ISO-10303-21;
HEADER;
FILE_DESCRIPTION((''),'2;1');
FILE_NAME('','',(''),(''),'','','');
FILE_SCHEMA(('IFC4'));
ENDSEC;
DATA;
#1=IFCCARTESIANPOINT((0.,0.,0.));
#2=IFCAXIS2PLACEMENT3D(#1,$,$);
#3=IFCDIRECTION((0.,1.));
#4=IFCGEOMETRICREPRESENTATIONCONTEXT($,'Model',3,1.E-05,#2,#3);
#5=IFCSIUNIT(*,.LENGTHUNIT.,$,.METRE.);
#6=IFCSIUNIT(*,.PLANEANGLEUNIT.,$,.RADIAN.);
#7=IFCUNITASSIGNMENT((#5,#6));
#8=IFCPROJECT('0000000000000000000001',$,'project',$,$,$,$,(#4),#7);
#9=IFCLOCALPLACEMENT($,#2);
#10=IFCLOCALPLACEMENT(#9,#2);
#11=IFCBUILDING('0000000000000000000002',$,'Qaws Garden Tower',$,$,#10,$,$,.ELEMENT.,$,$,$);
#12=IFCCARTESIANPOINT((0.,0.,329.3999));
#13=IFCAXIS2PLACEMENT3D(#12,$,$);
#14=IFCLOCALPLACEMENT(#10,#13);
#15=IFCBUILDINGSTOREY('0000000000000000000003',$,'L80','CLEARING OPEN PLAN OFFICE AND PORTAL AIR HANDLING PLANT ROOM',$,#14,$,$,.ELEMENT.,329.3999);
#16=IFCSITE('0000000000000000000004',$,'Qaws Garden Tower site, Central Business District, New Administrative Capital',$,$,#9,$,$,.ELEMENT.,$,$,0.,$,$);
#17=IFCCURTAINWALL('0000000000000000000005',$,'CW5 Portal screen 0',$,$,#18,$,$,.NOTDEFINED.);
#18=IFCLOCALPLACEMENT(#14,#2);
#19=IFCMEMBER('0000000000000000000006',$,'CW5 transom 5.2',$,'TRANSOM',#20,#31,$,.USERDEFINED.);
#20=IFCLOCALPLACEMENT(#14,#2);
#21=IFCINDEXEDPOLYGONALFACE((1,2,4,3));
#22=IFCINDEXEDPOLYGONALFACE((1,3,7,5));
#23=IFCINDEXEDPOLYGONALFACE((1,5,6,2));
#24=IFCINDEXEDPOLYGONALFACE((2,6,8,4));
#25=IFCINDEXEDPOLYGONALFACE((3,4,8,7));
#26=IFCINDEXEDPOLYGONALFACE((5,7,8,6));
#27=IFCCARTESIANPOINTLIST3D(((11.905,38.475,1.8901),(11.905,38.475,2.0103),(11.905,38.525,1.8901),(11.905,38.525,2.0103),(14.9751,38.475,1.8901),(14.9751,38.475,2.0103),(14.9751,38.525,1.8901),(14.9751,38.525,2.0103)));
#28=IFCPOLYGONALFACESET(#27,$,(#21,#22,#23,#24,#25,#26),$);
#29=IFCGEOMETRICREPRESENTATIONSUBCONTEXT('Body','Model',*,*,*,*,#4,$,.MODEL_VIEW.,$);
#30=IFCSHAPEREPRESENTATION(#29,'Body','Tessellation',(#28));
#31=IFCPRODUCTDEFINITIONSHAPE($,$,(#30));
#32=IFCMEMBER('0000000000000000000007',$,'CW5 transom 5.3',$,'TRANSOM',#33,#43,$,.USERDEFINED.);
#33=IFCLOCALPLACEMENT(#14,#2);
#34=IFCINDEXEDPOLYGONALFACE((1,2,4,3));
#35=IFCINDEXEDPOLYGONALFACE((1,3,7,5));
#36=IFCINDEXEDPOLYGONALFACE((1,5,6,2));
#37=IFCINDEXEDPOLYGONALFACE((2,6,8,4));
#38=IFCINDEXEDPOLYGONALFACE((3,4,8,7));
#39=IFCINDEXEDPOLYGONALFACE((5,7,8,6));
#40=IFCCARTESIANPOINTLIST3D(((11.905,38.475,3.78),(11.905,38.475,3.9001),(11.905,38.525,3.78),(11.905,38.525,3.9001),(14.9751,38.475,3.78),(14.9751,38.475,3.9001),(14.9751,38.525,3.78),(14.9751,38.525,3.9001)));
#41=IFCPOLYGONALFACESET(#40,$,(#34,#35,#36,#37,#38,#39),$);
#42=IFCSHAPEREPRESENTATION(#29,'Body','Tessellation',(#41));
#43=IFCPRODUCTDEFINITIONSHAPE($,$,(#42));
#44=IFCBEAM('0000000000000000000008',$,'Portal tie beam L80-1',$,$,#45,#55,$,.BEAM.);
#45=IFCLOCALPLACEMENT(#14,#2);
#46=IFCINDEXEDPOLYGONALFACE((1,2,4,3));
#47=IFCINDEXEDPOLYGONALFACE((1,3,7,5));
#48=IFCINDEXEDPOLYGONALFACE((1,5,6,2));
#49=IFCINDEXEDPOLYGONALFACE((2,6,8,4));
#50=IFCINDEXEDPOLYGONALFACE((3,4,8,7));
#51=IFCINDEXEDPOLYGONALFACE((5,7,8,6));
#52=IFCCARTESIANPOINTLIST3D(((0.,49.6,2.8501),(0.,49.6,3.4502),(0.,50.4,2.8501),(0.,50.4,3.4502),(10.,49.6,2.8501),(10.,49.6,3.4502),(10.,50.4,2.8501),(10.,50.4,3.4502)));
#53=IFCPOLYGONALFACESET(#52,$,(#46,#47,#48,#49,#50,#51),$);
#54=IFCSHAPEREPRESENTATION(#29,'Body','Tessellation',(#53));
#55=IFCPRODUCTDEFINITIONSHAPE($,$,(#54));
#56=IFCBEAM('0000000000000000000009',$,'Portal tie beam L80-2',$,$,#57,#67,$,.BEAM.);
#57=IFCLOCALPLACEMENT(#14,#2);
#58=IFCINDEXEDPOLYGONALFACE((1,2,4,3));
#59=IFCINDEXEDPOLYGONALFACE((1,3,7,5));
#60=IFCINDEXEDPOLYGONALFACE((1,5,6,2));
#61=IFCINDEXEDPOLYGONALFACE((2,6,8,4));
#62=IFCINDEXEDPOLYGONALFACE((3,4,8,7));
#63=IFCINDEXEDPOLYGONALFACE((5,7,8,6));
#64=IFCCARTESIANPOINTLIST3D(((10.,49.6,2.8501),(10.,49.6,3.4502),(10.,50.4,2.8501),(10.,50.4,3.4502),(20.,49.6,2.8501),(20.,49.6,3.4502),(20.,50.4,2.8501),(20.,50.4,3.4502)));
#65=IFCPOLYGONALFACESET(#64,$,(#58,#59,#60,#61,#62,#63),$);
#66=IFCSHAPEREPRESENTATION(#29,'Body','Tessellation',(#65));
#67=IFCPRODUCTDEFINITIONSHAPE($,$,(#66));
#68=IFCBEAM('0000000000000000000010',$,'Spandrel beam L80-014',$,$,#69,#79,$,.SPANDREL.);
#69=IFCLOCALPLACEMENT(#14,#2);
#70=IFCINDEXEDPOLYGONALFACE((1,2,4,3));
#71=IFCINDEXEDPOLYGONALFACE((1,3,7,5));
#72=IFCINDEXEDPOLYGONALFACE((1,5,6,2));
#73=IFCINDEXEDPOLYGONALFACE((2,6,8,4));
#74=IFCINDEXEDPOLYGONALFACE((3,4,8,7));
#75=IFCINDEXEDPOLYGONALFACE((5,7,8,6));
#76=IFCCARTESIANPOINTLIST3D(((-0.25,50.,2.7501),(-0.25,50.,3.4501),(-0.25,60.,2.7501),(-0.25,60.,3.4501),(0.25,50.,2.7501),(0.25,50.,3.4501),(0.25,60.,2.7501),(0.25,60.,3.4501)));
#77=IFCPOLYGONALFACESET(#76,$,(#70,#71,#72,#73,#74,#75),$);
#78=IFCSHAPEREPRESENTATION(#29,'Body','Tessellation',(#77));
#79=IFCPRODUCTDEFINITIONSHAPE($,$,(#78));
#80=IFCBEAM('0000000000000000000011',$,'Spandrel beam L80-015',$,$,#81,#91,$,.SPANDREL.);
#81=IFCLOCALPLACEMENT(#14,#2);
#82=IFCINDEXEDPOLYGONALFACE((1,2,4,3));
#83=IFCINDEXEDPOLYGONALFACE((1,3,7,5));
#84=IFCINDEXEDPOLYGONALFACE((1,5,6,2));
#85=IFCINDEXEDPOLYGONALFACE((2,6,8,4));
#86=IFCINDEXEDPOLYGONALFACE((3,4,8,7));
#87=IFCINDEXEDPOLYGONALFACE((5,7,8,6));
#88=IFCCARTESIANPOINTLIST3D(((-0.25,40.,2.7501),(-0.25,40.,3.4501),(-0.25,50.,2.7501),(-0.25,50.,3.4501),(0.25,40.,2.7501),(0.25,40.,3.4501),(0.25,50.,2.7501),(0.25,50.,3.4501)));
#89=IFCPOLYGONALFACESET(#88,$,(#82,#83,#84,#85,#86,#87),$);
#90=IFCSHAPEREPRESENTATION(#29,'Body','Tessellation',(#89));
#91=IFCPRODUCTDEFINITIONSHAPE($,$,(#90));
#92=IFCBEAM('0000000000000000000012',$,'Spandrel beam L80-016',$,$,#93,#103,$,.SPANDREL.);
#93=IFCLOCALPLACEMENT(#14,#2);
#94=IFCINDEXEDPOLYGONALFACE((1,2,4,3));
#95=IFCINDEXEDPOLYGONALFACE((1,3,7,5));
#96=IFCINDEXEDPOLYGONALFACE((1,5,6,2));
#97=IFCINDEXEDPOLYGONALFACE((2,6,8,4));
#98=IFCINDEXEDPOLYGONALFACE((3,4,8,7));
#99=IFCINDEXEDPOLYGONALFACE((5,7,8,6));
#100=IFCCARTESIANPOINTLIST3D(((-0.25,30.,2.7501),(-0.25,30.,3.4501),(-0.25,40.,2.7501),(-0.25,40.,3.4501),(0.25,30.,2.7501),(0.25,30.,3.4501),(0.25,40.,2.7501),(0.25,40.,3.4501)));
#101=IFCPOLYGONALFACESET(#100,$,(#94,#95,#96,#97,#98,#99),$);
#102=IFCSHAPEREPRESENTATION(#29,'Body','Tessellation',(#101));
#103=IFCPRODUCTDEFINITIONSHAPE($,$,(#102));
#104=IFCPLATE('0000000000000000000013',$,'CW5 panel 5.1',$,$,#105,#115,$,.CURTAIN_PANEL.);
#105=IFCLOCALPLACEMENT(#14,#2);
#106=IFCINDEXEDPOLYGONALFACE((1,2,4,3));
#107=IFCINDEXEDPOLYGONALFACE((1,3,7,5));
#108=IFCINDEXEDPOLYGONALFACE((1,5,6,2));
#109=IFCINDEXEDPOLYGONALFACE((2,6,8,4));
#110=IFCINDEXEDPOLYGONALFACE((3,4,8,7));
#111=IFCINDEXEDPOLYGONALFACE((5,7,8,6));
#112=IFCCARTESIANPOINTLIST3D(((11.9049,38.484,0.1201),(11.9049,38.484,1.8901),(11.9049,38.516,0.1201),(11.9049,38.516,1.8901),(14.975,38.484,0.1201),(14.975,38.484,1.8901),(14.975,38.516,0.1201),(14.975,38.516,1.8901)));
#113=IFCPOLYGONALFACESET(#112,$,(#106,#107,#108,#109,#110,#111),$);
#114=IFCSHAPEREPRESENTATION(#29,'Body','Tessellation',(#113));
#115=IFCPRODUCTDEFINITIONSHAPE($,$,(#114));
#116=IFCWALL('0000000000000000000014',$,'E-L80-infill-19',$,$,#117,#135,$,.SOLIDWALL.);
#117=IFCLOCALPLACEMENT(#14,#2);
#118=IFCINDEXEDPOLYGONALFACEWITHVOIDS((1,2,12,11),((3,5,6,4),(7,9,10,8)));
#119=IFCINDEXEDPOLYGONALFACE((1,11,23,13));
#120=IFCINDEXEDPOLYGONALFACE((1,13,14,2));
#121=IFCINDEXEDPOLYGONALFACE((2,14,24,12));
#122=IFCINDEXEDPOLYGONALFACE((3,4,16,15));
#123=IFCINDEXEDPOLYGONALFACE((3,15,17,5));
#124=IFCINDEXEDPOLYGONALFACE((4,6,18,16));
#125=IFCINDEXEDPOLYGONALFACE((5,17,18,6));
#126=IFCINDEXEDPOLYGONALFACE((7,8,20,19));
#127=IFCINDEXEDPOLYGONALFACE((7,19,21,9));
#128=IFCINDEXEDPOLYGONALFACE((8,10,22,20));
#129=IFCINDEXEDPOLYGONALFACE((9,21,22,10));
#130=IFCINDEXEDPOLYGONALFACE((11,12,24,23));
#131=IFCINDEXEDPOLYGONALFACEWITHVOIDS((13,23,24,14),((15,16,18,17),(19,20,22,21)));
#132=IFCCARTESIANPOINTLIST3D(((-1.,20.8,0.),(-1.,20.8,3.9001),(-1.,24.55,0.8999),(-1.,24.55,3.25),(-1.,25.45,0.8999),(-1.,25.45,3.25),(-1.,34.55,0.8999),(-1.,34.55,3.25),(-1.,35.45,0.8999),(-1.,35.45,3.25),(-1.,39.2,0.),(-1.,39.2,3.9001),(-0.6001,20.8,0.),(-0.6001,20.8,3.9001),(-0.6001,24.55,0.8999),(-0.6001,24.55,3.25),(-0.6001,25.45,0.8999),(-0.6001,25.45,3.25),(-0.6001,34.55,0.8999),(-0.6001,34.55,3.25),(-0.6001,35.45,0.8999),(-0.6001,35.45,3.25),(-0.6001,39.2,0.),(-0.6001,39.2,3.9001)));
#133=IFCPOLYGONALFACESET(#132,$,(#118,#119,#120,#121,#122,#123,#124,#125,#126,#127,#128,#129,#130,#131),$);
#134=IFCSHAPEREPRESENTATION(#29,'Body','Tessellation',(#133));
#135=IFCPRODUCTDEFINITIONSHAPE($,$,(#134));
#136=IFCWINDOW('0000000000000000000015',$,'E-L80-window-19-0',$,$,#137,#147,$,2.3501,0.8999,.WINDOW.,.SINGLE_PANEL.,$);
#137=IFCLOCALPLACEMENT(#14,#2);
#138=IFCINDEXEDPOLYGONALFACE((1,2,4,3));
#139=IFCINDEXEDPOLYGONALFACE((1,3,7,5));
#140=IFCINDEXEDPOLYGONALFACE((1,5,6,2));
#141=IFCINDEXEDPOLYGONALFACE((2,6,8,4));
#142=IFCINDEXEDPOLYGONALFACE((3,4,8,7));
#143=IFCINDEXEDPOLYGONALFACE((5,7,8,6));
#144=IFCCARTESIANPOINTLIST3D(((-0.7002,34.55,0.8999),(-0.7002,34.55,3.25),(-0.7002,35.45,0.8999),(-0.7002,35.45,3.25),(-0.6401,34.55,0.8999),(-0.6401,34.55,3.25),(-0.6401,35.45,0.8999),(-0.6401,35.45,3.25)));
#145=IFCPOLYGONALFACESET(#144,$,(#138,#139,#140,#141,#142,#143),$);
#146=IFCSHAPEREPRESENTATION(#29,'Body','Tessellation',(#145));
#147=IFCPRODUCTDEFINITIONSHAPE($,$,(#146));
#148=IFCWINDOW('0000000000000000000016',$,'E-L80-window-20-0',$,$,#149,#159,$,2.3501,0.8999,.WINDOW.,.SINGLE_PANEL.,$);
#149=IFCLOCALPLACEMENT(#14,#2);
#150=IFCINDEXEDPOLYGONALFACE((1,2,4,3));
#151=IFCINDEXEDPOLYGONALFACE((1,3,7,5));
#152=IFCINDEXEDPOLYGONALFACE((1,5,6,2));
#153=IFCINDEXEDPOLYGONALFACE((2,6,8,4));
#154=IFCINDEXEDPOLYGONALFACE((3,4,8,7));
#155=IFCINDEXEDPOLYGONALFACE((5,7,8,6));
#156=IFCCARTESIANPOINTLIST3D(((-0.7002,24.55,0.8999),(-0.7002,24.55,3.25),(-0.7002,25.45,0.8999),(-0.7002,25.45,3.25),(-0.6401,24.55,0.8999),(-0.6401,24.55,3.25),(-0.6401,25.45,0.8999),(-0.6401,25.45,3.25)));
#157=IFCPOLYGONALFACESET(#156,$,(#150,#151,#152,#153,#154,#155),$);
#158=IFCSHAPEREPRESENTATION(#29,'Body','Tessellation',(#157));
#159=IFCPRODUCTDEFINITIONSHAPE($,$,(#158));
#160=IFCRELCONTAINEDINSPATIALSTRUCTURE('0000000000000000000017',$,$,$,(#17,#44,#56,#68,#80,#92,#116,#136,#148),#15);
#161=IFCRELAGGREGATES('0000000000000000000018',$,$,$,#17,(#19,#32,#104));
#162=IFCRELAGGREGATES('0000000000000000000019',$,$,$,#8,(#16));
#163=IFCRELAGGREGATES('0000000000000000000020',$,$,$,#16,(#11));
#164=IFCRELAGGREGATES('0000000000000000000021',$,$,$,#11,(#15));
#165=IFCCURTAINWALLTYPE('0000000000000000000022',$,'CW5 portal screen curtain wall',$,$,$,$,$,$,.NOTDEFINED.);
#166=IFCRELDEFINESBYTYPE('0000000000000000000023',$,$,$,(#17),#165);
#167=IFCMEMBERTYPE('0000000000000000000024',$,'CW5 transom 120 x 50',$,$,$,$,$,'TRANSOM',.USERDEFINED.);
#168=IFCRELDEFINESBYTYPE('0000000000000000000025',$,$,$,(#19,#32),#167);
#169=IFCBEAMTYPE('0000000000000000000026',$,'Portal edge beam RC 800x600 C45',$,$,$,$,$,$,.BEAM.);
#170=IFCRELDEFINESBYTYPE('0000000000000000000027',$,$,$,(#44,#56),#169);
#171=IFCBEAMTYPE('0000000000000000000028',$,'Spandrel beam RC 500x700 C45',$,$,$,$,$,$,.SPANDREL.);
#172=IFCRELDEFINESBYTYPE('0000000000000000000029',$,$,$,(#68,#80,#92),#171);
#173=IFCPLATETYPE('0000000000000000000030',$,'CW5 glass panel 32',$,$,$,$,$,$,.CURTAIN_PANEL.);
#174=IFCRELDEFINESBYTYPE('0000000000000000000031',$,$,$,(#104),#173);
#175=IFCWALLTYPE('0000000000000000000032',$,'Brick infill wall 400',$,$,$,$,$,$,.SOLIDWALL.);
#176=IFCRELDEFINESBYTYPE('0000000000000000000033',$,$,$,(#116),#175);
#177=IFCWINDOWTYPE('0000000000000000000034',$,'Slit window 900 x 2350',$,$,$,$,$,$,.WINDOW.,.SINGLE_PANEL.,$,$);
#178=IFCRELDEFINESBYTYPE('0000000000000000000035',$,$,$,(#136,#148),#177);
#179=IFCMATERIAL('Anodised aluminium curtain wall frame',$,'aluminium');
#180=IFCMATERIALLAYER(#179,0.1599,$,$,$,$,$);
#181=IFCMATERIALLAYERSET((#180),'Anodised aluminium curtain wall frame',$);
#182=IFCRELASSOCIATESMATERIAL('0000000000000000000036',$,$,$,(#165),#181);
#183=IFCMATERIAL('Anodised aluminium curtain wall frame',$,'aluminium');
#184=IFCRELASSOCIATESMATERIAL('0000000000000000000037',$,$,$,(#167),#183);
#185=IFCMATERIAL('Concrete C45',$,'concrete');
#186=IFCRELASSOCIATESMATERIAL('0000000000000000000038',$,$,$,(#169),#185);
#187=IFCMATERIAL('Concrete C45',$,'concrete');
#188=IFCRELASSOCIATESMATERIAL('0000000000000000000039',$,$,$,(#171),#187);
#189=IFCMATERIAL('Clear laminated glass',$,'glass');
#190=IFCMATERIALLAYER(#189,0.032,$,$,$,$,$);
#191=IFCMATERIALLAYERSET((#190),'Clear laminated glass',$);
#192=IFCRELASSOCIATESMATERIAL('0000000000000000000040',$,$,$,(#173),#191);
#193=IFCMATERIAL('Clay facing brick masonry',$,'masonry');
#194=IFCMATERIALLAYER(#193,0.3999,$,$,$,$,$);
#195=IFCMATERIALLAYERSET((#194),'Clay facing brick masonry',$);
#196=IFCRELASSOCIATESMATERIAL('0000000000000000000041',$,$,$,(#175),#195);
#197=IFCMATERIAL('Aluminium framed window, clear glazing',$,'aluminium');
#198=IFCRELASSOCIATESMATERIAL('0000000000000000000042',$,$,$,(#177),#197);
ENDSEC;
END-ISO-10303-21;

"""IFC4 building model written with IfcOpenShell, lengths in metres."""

from ifc_helpers import new_model, si_unit, direction, frame, frame_2d, origin, origin_2d, place, context, subcontext, project, spatial, rectangle, extrude, material, layer, layer_set, material_profile, profile_set, type_object, element, fill, aggregate, save


model = new_model("IFC4")

# Units and contexts
model_context = context("Model", 3, precision=1e-05, world=origin(), true_north=direction((0.0, 1.0)))
body_context = subcontext(model_context, "Body", "Model", "MODEL_VIEW")
ifc_project = project(units=[si_unit("LENGTHUNIT", "METRE"), si_unit("PLANEANGLEUNIT", "RADIAN")], contexts=[model_context])

# Site, building, storey
site_placement = place(None, origin())
site = spatial("IfcSite", under=ifc_project, at=site_placement, Name="Qaws Garden Tower site, Central Business District, New Administrative Capital", CompositionType="ELEMENT", RefElevation=0.0)
building_placement = place(site_placement, origin())
building = spatial("IfcBuilding", under=site, at=building_placement, Name="Qaws Garden Tower", CompositionType="ELEMENT")
storey_placement = place(building_placement, frame((0.0, 0.0, 329.3999)))
storey = spatial("IfcBuildingStorey", under=building, at=storey_placement, Name="L80", Description="CLEARING OPEN PLAN OFFICE AND PORTAL AIR HANDLING PLANT ROOM", CompositionType="ELEMENT", Elevation=329.3999)

# Curtain wall, members
ifc_material_1 = material(Name="Anodised aluminium curtain wall frame", Category="aluminium")
ifc_layer_1 = layer(ifc_material_1, 0.1599)
ifc_layer_set_1 = layer_set([ifc_layer_1], Name="Anodised aluminium curtain wall frame")
curtain_wall_type = type_object("IfcCurtainWallType", Name="CW5 portal screen curtain wall", PredefinedType="NOTDEFINED", material=ifc_layer_set_1)
placement = place(storey_placement, origin())
curtain_wall_1 = element("IfcCurtainWall", 1, at=placement, inside=storey, type_object=curtain_wall_type, Name="CW5 Portal screen 0", PredefinedType="NOTDEFINED")
ifc_material_2 = material(Name="Anodised aluminium curtain wall frame", Category="aluminium")
ifc_material_profile_1 = material_profile(ifc_material_2, rectangle(XDim=0.05, YDim=0.1201, at=origin_2d()), Name="AL 50x120")
ifc_profile_set_1 = profile_set([ifc_material_profile_1], Name="Anodised aluminium curtain wall frame")
member_type_1 = type_object("IfcMemberType", Name="CW5 transom 120 x 50", ElementType="TRANSOM", PredefinedType="USERDEFINED", material=ifc_profile_set_1)
member_1_placement = place(storey_placement, frame((11.905, 38.5, 1.9502), z_axis=(1.0, 0.0, 0.0), x_axis=(0.0, 1.0, 0.0)))
member_1 = element("IfcMember", 2, at=member_1_placement, type_object=member_type_1, Name="CW5 transom 5.2", ObjectType="TRANSOM", PredefinedType="USERDEFINED", context=body_context, shape_type="SweptSolid", body=[
    extrude(rectangle(XDim=0.05, YDim=0.1201, at=origin_2d()), origin(), (0.0, 0.0, 1.0), 3.0701),
])
member_2_placement = place(storey_placement, frame((11.905, 38.5, 3.8401), z_axis=(1.0, 0.0, 0.0), x_axis=(0.0, 1.0, 0.0)))
member_2 = element("IfcMember", 3, at=member_2_placement, type_object=member_type_1, Name="CW5 transom 5.3", ObjectType="TRANSOM", PredefinedType="USERDEFINED", context=body_context, shape_type="SweptSolid", body=[
    extrude(rectangle(XDim=0.05, YDim=0.1201, at=origin_2d()), origin(), (0.0, 0.0, 1.0), 3.0701),
])

# Beams
ifc_material_3 = material(Name="Concrete C45", Category="concrete")
ifc_material_profile_2 = material_profile(ifc_material_3, rectangle(XDim=0.8, YDim=0.6001, at=origin_2d()), Name="RC 800x600")
ifc_profile_set_2 = profile_set([ifc_material_profile_2], Name="Concrete C45")
beam_type_1 = type_object("IfcBeamType", Name="Portal edge beam RC 800x600 C45", PredefinedType="BEAM", material=ifc_profile_set_2)
for number, where, z_axis, x_axis, name in (
    (4, (0.0, 50.0, 3.1501), (1.0, 0.0, 0.0), (0.0, 1.0, 0.0), "Portal tie beam L80-1"),
    (5, (10.0, 50.0, 3.1501), (1.0, 0.0, 0.0), (0.0, 1.0, 0.0), "Portal tie beam L80-2"),
):
    element("IfcBeam", number, at=place(storey_placement, frame(where, z_axis=z_axis, x_axis=x_axis)), inside=storey, type_object=beam_type_1, Name=name, PredefinedType="BEAM", context=body_context, shape_type="SweptSolid", body=[
        extrude(rectangle(XDim=0.8, YDim=0.6001, at=origin_2d()), origin(), (0.0, 0.0, 1.0), 10.0),
    ])
ifc_material_4 = material(Name="Concrete C45", Category="concrete")
ifc_material_profile_3 = material_profile(ifc_material_4, rectangle(XDim=0.5, YDim=0.7, at=origin_2d()), Name="RC 500x700")
ifc_profile_set_3 = profile_set([ifc_material_profile_3], Name="Concrete C45")
beam_type_2 = type_object("IfcBeamType", Name="Spandrel beam RC 500x700 C45", PredefinedType="SPANDREL", material=ifc_profile_set_3)
for number, where, z_axis, x_axis, name in (
    (6, (0.0, 60.0, 3.1001), (0.0, -1.0, 0.0), (1.0, 0.0, 0.0), "Spandrel beam L80-014"),
    (7, (0.0, 50.0, 3.1001), (0.0, -1.0, 0.0), (1.0, 0.0, 0.0), "Spandrel beam L80-015"),
    (8, (0.0, 40.0, 3.1001), (0.0, -1.0, 0.0), (1.0, 0.0, 0.0), "Spandrel beam L80-016"),
):
    element("IfcBeam", number, at=place(storey_placement, frame(where, z_axis=z_axis, x_axis=x_axis)), inside=storey, type_object=beam_type_2, Name=name, PredefinedType="SPANDREL", context=body_context, shape_type="SweptSolid", body=[
        extrude(rectangle(XDim=0.5, YDim=0.7, at=origin_2d()), origin(), (0.0, 0.0, 1.0), 10.0),
    ])

# Plate
ifc_material_5 = material(Name="Clear laminated glass", Category="glass")
ifc_layer_2 = layer(ifc_material_5, 0.032)
ifc_layer_set_2 = layer_set([ifc_layer_2], Name="Clear laminated glass")
plate_type = type_object("IfcPlateType", Name="CW5 glass panel 32", PredefinedType="CURTAIN_PANEL", material=ifc_layer_set_2)
plate_placement = place(storey_placement, frame((13.4399, 38.5, 0.1201), z_axis=(0.0, 0.0, 1.0), x_axis=(1.0, 0.0, 0.0)))
plate = element("IfcPlate", 9, at=plate_placement, type_object=plate_type, Name="CW5 panel 5.1", PredefinedType="CURTAIN_PANEL", context=body_context, shape_type="SweptSolid", body=[
    extrude(rectangle(XDim=3.0701, YDim=0.032, at=origin_2d()), origin(), (0.0, 0.0, 1.0), 1.77),
])
aggregate(curtain_wall_1, [member_1, member_2, plate])

# Wall, openings, windows
ifc_material_6 = material(Name="Clay facing brick masonry", Category="masonry")
ifc_layer_3 = layer(ifc_material_6, 0.3999)
ifc_layer_set_3 = layer_set([ifc_layer_3], Name="Clay facing brick masonry")
wall_type_1 = type_object("IfcWallType", Name="Brick infill wall 400", PredefinedType="SOLIDWALL", material=ifc_layer_set_3)
wall_1_placement = place(storey_placement, frame((-0.8, 39.2, 0.0), z_axis=(0.0, 0.0, 1.0), x_axis=(0.0, -1.0, 0.0)))
wall_1 = element("IfcWall", 10, at=wall_1_placement, inside=storey, type_object=wall_type_1, Name="E-L80-infill-19", PredefinedType="SOLIDWALL", context=body_context, shape_type="SweptSolid", body=[
    extrude(rectangle(XDim=18.3999, YDim=0.3999, at=frame_2d((9.2, 0.0))), origin(), (0.0, 0.0, 1.0), 3.9001),
])
opening_1_placement = place(wall_1_placement, frame((3.75, 0.0, 0.8999)))
opening_1 = element("IfcOpeningElement", 11, at=opening_1_placement, cuts=wall_1, PredefinedType="OPENING", context=body_context, shape_type="SweptSolid", body=[
    extrude(rectangle(XDim=0.8999, YDim=2.3501, at=frame_2d((0.45, 1.175))), frame((0.0, 0.21, 0.0), z_axis=(0.0, -1.0, 0.0), x_axis=(1.0, 0.0, 0.0)), (0.0, 0.0, 1.0), 0.4199),
])
opening_2_placement = place(wall_1_placement, frame((13.75, 0.0, 0.8999)))
opening_2 = element("IfcOpeningElement", 12, at=opening_2_placement, cuts=wall_1, PredefinedType="OPENING", context=body_context, shape_type="SweptSolid", body=[
    extrude(rectangle(XDim=0.8999, YDim=2.3501, at=frame_2d((0.45, 1.175))), frame((0.0, 0.21, 0.0), z_axis=(0.0, -1.0, 0.0), x_axis=(1.0, 0.0, 0.0)), (0.0, 0.0, 1.0), 0.4199),
])
ifc_material_7 = material(Name="Aluminium framed window, clear glazing", Category="aluminium")
window_type = type_object("IfcWindowType", Name="Slit window 900 x 2350", PartitioningType="SINGLE_PANEL", PredefinedType="WINDOW", material=ifc_material_7)
window_1_placement = place(opening_1_placement, origin())
window_1 = element("IfcWindow", 13, at=window_1_placement, inside=storey, type_object=window_type, Name="E-L80-window-19-0", OverallHeight=2.3501, OverallWidth=0.8999, PartitioningType="SINGLE_PANEL", PredefinedType="WINDOW", context=body_context, shape_type="SweptSolid", body=[
    extrude(rectangle(XDim=0.8999, YDim=2.3501, at=frame_2d((0.45, 1.175))), frame((0.0, 0.1599, 0.0), z_axis=(0.0, -1.0, 0.0), x_axis=(1.0, 0.0, 0.0)), (0.0, 0.0, 1.0), 0.0601),
])
fill(opening_1, window_1)
window_2_placement = place(opening_2_placement, origin())
window_2 = element("IfcWindow", 14, at=window_2_placement, inside=storey, type_object=window_type, Name="E-L80-window-20-0", OverallHeight=2.3501, OverallWidth=0.8999, PartitioningType="SINGLE_PANEL", PredefinedType="WINDOW", context=body_context, shape_type="SweptSolid", body=[
    extrude(rectangle(XDim=0.8999, YDim=2.3501, at=frame_2d((0.45, 1.175))), frame((0.0, 0.1599, 0.0), z_axis=(0.0, -1.0, 0.0), x_axis=(1.0, 0.0, 0.0)), (0.0, 0.0, 1.0), 0.0601),
])
fill(opening_2, window_2)

save(model, "model.ifc")
